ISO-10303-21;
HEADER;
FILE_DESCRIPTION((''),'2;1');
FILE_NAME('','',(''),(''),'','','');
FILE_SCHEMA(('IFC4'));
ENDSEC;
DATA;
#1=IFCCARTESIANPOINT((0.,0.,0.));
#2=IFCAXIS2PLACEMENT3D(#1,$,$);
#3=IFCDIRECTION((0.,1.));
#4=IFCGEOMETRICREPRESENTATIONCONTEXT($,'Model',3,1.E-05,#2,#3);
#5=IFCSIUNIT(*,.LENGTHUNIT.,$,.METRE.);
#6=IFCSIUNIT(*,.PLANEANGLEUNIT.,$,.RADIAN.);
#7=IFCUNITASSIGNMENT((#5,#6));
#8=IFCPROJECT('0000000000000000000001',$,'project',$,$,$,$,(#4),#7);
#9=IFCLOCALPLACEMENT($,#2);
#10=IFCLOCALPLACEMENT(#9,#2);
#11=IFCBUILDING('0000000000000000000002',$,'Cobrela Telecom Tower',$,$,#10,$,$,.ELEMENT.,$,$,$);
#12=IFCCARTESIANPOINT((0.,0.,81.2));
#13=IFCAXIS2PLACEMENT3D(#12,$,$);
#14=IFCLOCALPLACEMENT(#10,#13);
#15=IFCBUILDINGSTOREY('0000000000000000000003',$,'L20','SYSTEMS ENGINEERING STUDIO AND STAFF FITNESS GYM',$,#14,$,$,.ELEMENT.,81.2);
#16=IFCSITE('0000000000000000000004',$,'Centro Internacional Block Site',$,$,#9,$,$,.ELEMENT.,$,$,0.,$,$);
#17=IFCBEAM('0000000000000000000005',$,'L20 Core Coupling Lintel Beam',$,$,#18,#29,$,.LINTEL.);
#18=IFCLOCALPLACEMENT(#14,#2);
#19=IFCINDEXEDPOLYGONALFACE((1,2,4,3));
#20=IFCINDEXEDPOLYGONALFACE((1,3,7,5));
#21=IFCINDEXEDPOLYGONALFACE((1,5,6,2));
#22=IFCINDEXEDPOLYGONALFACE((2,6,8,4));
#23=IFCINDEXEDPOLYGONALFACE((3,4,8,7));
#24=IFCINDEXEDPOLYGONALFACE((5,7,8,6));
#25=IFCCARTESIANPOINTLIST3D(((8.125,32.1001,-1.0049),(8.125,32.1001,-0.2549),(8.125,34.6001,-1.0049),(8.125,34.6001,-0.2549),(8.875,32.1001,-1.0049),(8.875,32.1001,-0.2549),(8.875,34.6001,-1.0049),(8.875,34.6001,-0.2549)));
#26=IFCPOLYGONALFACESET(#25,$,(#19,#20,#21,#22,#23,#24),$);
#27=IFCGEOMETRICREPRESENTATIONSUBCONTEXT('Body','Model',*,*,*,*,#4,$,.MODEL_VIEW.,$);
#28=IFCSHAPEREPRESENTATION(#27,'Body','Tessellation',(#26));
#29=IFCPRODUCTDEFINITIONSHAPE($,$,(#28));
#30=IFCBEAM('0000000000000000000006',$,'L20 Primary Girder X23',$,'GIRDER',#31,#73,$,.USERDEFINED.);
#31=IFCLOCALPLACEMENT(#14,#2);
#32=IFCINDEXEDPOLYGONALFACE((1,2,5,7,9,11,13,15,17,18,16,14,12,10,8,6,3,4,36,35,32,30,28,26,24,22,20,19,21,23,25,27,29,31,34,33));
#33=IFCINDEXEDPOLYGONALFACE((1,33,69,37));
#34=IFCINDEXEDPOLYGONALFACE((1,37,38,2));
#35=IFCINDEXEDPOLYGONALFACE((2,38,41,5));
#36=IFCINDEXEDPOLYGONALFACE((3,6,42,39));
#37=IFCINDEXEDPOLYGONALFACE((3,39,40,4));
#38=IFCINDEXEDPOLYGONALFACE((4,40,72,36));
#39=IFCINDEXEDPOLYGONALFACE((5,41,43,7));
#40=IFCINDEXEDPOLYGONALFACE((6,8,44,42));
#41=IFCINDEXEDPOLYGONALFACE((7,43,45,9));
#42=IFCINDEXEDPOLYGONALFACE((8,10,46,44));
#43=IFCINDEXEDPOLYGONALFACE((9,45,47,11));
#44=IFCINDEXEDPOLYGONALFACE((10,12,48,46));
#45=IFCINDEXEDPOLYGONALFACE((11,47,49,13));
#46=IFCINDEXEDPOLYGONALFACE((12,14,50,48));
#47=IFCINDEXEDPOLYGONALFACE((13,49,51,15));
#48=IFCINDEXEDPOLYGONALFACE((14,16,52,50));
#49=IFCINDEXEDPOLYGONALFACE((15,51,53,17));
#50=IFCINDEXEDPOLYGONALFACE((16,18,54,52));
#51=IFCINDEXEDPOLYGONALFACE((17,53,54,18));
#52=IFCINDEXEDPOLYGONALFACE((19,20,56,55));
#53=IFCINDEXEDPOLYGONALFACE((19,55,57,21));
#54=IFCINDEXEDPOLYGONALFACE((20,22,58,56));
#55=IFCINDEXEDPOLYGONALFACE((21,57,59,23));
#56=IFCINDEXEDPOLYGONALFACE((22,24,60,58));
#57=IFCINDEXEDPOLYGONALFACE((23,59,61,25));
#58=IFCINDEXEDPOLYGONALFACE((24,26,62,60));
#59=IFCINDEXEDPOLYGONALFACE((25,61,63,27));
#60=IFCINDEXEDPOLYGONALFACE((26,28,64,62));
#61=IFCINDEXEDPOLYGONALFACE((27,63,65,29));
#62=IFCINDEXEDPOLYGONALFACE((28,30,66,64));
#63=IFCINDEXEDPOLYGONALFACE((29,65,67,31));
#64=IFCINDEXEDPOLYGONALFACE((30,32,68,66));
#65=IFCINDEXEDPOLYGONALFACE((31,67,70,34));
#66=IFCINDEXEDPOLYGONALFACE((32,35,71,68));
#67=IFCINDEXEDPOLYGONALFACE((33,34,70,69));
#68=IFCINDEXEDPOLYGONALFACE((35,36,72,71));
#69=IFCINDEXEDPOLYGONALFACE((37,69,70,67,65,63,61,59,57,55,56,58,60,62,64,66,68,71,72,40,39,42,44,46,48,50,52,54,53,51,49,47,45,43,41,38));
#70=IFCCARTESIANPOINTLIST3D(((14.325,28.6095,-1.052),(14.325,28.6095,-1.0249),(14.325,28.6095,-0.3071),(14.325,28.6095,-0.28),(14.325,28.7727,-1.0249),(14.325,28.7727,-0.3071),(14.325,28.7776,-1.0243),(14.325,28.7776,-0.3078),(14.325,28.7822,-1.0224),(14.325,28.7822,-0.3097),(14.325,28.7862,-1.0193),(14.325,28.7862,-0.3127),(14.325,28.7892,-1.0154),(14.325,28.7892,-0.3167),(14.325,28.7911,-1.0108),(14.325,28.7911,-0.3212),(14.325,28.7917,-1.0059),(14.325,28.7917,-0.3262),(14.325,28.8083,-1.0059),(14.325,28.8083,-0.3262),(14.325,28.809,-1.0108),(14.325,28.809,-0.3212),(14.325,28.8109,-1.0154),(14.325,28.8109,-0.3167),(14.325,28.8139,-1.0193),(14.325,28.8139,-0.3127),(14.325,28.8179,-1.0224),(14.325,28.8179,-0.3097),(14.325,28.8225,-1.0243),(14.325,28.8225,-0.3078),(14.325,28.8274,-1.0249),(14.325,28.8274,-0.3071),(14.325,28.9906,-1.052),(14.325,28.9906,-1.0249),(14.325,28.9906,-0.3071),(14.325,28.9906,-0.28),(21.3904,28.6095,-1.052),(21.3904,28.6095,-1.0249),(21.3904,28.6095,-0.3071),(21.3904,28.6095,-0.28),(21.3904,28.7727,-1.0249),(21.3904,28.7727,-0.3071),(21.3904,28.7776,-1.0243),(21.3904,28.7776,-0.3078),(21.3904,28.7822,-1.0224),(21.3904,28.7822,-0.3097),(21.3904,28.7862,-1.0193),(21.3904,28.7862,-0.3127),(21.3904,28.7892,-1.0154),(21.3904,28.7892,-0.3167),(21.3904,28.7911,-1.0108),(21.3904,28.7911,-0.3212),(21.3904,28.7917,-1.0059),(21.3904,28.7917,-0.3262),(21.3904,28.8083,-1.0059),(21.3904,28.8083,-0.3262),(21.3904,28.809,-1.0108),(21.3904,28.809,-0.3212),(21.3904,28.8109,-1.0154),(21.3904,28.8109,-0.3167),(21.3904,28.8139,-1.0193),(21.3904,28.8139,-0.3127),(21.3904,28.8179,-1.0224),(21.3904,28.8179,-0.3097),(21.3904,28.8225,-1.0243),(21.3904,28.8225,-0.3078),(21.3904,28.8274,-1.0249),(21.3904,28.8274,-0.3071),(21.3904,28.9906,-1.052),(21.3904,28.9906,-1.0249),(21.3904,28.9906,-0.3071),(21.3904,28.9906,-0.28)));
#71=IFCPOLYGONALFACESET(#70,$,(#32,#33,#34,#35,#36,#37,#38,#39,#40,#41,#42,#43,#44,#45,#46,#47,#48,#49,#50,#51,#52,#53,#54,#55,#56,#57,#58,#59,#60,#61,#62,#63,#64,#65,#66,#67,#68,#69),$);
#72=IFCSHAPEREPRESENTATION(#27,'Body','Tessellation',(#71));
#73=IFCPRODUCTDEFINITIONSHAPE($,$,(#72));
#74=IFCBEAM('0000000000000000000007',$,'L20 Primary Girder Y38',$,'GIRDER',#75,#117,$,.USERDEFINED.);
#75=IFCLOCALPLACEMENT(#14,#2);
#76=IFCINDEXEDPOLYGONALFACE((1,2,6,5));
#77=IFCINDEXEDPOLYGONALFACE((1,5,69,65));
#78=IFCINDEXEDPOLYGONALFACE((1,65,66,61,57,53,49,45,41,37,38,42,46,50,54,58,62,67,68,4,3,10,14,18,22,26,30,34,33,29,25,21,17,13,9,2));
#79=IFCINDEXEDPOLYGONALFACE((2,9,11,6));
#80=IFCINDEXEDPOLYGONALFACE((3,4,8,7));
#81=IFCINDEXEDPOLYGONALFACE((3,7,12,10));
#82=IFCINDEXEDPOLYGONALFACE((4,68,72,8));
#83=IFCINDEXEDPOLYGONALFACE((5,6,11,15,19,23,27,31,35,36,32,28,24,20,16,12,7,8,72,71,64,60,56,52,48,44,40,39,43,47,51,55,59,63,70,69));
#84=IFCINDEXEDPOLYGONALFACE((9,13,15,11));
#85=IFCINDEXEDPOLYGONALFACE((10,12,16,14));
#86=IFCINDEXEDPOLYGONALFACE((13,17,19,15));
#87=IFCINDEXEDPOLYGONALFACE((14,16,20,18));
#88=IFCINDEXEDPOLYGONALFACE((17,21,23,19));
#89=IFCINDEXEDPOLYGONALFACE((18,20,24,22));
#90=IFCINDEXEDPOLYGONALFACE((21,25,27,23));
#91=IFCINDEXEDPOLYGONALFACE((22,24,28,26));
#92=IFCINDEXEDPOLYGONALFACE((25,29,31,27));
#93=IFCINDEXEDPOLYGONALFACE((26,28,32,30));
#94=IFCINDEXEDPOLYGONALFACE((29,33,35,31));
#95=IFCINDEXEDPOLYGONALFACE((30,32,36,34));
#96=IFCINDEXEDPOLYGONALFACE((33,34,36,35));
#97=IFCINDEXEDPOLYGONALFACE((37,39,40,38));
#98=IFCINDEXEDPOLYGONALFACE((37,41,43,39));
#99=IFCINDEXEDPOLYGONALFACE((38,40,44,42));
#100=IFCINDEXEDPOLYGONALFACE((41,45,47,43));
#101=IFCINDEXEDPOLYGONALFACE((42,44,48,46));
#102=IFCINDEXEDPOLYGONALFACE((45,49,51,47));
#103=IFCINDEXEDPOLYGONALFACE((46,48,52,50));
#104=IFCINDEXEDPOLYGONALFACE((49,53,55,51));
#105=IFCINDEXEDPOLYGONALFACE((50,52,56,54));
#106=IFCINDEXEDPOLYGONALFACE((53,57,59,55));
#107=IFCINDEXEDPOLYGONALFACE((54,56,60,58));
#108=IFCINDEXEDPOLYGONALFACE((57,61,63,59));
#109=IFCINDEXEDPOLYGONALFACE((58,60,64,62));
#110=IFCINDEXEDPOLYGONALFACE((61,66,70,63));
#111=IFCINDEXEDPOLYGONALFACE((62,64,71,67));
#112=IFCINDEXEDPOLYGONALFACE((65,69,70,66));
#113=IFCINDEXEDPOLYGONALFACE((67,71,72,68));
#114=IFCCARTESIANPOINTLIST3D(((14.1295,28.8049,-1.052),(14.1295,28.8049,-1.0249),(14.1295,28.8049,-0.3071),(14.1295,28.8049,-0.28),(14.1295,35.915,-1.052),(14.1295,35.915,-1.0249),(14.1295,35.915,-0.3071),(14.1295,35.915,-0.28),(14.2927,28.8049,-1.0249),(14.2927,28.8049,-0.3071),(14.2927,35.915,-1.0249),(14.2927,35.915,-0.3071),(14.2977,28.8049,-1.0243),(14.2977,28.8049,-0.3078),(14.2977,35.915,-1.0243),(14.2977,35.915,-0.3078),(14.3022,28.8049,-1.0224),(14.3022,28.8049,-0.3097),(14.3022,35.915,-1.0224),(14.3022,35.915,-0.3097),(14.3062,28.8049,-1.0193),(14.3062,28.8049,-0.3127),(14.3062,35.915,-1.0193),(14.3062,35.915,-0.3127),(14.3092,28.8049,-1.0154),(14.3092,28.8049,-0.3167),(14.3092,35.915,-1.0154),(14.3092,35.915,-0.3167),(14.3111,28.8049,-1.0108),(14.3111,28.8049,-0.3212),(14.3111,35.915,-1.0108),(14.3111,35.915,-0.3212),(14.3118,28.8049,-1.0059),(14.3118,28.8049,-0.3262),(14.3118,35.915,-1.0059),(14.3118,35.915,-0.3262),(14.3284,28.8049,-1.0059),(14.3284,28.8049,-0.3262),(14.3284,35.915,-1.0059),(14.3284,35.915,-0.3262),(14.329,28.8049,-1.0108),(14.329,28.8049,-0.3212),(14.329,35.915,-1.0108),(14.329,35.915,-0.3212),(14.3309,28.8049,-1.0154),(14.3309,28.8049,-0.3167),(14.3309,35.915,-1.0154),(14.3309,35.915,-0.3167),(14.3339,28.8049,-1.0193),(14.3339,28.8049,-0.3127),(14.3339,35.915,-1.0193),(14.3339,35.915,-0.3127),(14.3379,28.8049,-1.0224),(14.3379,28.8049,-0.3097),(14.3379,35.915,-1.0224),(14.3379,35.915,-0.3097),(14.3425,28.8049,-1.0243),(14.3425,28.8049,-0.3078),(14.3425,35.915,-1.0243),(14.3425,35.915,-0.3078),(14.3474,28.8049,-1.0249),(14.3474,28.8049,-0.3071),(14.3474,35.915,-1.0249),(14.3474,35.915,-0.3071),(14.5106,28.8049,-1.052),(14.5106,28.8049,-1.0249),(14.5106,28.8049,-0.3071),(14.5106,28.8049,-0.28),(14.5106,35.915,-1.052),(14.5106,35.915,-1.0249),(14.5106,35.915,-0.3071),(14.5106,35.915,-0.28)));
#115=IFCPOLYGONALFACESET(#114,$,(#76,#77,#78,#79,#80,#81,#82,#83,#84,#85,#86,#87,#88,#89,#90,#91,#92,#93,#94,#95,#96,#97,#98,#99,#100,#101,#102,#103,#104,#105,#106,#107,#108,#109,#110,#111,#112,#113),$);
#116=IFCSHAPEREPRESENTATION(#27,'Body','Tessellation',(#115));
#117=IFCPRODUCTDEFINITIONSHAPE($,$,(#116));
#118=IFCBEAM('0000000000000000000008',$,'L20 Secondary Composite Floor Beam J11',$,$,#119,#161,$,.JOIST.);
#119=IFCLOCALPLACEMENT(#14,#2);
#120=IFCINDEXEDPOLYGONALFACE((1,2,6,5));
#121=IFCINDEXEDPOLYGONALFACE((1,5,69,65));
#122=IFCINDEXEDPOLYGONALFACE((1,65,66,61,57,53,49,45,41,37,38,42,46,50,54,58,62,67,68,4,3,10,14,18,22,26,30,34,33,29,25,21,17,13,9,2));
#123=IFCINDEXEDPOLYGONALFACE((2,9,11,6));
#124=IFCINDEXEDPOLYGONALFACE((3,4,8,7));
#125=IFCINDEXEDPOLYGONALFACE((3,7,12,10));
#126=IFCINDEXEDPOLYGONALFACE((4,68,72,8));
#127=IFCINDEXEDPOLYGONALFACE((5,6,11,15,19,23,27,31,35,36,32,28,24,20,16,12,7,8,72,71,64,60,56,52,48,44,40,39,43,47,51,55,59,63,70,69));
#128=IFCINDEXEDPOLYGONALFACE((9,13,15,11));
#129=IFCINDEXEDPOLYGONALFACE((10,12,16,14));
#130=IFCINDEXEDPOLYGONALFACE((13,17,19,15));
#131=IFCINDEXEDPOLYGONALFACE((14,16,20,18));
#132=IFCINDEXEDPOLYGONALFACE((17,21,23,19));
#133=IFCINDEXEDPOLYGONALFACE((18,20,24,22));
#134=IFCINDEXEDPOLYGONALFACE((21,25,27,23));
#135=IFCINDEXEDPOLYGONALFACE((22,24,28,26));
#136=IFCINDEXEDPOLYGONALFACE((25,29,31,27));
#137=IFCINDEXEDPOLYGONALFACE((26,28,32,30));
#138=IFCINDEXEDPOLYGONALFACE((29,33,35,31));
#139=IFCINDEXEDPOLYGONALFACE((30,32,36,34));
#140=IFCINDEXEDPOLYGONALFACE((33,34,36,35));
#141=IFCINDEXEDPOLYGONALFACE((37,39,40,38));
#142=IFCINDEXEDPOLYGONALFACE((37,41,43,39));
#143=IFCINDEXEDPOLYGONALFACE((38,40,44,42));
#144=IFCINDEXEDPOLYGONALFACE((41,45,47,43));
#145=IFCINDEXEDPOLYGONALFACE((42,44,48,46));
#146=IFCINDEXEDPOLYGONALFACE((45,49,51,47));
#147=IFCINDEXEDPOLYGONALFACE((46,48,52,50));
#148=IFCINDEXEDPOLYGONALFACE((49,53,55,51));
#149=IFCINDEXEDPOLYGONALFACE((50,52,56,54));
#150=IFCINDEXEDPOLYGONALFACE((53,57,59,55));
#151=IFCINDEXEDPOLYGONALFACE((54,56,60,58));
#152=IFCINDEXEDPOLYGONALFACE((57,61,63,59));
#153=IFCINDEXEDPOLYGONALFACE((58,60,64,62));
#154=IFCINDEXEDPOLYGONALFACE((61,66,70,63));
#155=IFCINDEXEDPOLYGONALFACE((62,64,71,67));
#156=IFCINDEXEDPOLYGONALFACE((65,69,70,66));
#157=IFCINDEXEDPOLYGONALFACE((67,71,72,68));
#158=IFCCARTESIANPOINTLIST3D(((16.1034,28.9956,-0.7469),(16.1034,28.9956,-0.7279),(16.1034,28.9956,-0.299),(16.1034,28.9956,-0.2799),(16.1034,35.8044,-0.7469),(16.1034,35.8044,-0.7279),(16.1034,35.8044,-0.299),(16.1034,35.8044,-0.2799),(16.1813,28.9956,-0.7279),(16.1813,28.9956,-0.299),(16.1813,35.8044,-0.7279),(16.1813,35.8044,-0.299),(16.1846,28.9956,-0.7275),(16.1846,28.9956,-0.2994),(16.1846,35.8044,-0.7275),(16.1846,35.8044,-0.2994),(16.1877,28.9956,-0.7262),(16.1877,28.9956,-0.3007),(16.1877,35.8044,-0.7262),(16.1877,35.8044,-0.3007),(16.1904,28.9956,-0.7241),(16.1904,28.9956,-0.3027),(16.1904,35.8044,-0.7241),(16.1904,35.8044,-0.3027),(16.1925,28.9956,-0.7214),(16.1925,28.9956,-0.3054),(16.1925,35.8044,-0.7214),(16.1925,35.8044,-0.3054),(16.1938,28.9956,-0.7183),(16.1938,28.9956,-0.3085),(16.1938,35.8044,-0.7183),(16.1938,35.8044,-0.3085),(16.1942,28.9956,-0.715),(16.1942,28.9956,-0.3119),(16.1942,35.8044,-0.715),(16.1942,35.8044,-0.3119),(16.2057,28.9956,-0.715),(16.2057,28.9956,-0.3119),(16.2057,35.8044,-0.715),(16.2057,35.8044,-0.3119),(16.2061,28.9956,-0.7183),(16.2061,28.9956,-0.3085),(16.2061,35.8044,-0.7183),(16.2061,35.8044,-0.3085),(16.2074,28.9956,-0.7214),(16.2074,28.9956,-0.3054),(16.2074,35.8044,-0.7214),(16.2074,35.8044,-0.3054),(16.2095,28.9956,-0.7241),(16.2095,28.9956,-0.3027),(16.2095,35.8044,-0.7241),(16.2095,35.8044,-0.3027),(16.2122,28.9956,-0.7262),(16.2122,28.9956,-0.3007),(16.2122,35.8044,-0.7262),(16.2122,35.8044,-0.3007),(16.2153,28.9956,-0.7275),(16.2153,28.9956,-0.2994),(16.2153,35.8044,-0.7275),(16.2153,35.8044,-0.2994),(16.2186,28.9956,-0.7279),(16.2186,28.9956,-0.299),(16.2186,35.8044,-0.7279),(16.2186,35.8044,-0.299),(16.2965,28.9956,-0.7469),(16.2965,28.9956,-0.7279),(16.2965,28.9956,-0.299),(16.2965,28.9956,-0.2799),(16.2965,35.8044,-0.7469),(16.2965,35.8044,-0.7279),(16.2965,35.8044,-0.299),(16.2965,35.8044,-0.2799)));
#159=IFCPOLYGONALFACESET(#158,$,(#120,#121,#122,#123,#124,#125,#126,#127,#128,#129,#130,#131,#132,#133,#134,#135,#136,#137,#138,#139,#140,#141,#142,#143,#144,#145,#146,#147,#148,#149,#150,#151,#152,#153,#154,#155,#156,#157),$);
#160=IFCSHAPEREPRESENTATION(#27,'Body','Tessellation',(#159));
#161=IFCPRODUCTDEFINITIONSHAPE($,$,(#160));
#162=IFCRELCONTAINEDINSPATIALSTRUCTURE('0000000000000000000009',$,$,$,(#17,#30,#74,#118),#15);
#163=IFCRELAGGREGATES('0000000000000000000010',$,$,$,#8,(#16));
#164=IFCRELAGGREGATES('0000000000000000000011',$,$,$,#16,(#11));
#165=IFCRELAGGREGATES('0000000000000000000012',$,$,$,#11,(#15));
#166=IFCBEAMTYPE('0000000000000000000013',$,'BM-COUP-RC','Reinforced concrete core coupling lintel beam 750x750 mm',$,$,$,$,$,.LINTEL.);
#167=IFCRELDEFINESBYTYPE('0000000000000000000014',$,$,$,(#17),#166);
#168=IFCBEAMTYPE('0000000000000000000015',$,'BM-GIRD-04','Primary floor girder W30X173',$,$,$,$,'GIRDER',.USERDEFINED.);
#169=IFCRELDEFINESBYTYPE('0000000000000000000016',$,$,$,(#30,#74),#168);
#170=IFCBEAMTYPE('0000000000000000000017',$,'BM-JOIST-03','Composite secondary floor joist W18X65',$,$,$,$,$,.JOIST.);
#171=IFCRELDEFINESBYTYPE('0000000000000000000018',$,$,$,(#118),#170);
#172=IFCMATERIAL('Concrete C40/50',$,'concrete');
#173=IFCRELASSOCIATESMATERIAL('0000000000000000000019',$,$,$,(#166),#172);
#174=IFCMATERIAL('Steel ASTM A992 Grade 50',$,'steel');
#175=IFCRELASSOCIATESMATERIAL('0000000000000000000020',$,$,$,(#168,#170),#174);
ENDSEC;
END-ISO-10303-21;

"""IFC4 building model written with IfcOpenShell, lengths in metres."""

from ifc_helpers import new_model, si_unit, direction, frame, origin, origin_2d, place, context, subcontext, project, spatial, rectangle, i_section, extrude, material, material_profile, profile_set, type_object, element, save


model = new_model("IFC4")

# Units and contexts
model_context = context("Model", 3, precision=1e-05, world=origin(), true_north=direction((0.0, 1.0)))
body_context = subcontext(model_context, "Body", "Model", "MODEL_VIEW")
ifc_project = project(units=[si_unit("LENGTHUNIT", "METRE"), si_unit("PLANEANGLEUNIT", "RADIAN")], contexts=[model_context])

# Site, building, storey
site_placement = place(None, origin())
site = spatial("IfcSite", under=ifc_project, at=site_placement, Name="Centro Internacional Block Site", CompositionType="ELEMENT", RefElevation=0.0)
building_placement = place(site_placement, origin())
building = spatial("IfcBuilding", under=site, at=building_placement, Name="Cobrela Telecom Tower", CompositionType="ELEMENT")
storey_placement = place(building_placement, frame((0.0, 0.0, 81.2)))
storey = spatial("IfcBuildingStorey", under=building, at=storey_placement, Name="L20", Description="SYSTEMS ENGINEERING STUDIO AND STAFF FITNESS GYM", CompositionType="ELEMENT", Elevation=81.2)

# Beams
ifc_material_1 = material(Name="Concrete C40/50", Category="concrete")
ifc_material_profile_1 = material_profile(ifc_material_1, rectangle(XDim=0.75, YDim=0.75, at=origin_2d()), Name="RC 750x750")
ifc_profile_set_1 = profile_set([ifc_material_profile_1], Name="Concrete C40/50")
beam_type_1 = type_object("IfcBeamType", Name="BM-COUP-RC", Description="Reinforced concrete core coupling lintel beam 750x750 mm", PredefinedType="LINTEL", material=ifc_profile_set_1)
beam_1_placement = place(storey_placement, frame((8.5, 32.1001, -0.6299), z_axis=(0.0, 1.0, 0.0), x_axis=(-1.0, 0.0, 0.0)))
element("IfcBeam", 1, at=beam_1_placement, inside=storey, type_object=beam_type_1, Name="L20 Core Coupling Lintel Beam", PredefinedType="LINTEL", context=body_context, shape_type="SweptSolid", body=[
    extrude(rectangle(XDim=0.75, YDim=0.75, at=origin_2d()), origin(), (0.0, 0.0, 1.0), 2.5),
])
ifc_material_2 = material(Name="Steel ASTM A992 Grade 50", Category="steel")
ifc_material_profile_2 = material_profile(ifc_material_2, i_section(OverallWidth=0.3811, OverallDepth=0.772, WebThickness=0.0166, FlangeThickness=0.0271, FilletRadius=0.019, at=origin_2d()), Name="W30X173")
ifc_profile_set_2 = profile_set([ifc_material_profile_2], Name="Steel ASTM A992 Grade 50")
beam_type_2 = type_object("IfcBeamType", Name="BM-GIRD-04", Description="Primary floor girder W30X173", ElementType="GIRDER", PredefinedType="USERDEFINED", material=ifc_profile_set_2)
beam_2_placement = place(storey_placement, frame((14.325, 28.8, -0.666), z_axis=(1.0, 0.0, 0.0), x_axis=(0.0, 1.0, 0.0)))
element("IfcBeam", 2, at=beam_2_placement, inside=storey, type_object=beam_type_2, Name="L20 Primary Girder X23", ObjectType="GIRDER", PredefinedType="USERDEFINED", context=body_context, shape_type="SweptSolid", body=[
    extrude(i_section(OverallWidth=0.3811, OverallDepth=0.772, WebThickness=0.0166, FlangeThickness=0.0271, FilletRadius=0.019, at=origin_2d()), origin(), (0.0, 0.0, 1.0), 7.0654),
])
beam_3_placement = place(storey_placement, frame((14.3201, 28.8049, -0.666), z_axis=(0.0, 1.0, 0.0), x_axis=(-1.0, 0.0, 0.0)))
element("IfcBeam", 3, at=beam_3_placement, inside=storey, type_object=beam_type_2, Name="L20 Primary Girder Y38", ObjectType="GIRDER", PredefinedType="USERDEFINED", context=body_context, shape_type="SweptSolid", body=[
    extrude(i_section(OverallWidth=0.3811, OverallDepth=0.772, WebThickness=0.0166, FlangeThickness=0.0271, FilletRadius=0.019, at=origin_2d()), origin(), (0.0, 0.0, 1.0), 7.1101),
])
ifc_material_profile_3 = material_profile(ifc_material_2, i_section(OverallWidth=0.1931, OverallDepth=0.467, WebThickness=0.0115, FlangeThickness=0.019, FilletRadius=0.0129, at=origin_2d()), Name="W18X65")
ifc_profile_set_3 = profile_set([ifc_material_profile_3], Name="Steel ASTM A992 Grade 50")
beam_type_3 = type_object("IfcBeamType", Name="BM-JOIST-03", Description="Composite secondary floor joist W18X65", PredefinedType="JOIST", material=ifc_profile_set_3)
for number, where, z_axis, x_axis, name in (
    (4, (16.2, 28.9956, -0.5134), (0.0, 1.0, 0.0), (-1.0, 0.0, 0.0), "L20 Secondary Composite Floor Beam J11"),
):
    element("IfcBeam", number, at=place(storey_placement, frame(where, z_axis=z_axis, x_axis=x_axis)), inside=storey, type_object=beam_type_3, Name=name, PredefinedType="JOIST", context=body_context, shape_type="SweptSolid", body=[
        extrude(i_section(OverallWidth=0.1931, OverallDepth=0.467, WebThickness=0.0115, FlangeThickness=0.019, FilletRadius=0.0129, at=origin_2d()), origin(), (0.0, 0.0, 1.0), 6.8088),
    ])

save(model, "model.ifc")
